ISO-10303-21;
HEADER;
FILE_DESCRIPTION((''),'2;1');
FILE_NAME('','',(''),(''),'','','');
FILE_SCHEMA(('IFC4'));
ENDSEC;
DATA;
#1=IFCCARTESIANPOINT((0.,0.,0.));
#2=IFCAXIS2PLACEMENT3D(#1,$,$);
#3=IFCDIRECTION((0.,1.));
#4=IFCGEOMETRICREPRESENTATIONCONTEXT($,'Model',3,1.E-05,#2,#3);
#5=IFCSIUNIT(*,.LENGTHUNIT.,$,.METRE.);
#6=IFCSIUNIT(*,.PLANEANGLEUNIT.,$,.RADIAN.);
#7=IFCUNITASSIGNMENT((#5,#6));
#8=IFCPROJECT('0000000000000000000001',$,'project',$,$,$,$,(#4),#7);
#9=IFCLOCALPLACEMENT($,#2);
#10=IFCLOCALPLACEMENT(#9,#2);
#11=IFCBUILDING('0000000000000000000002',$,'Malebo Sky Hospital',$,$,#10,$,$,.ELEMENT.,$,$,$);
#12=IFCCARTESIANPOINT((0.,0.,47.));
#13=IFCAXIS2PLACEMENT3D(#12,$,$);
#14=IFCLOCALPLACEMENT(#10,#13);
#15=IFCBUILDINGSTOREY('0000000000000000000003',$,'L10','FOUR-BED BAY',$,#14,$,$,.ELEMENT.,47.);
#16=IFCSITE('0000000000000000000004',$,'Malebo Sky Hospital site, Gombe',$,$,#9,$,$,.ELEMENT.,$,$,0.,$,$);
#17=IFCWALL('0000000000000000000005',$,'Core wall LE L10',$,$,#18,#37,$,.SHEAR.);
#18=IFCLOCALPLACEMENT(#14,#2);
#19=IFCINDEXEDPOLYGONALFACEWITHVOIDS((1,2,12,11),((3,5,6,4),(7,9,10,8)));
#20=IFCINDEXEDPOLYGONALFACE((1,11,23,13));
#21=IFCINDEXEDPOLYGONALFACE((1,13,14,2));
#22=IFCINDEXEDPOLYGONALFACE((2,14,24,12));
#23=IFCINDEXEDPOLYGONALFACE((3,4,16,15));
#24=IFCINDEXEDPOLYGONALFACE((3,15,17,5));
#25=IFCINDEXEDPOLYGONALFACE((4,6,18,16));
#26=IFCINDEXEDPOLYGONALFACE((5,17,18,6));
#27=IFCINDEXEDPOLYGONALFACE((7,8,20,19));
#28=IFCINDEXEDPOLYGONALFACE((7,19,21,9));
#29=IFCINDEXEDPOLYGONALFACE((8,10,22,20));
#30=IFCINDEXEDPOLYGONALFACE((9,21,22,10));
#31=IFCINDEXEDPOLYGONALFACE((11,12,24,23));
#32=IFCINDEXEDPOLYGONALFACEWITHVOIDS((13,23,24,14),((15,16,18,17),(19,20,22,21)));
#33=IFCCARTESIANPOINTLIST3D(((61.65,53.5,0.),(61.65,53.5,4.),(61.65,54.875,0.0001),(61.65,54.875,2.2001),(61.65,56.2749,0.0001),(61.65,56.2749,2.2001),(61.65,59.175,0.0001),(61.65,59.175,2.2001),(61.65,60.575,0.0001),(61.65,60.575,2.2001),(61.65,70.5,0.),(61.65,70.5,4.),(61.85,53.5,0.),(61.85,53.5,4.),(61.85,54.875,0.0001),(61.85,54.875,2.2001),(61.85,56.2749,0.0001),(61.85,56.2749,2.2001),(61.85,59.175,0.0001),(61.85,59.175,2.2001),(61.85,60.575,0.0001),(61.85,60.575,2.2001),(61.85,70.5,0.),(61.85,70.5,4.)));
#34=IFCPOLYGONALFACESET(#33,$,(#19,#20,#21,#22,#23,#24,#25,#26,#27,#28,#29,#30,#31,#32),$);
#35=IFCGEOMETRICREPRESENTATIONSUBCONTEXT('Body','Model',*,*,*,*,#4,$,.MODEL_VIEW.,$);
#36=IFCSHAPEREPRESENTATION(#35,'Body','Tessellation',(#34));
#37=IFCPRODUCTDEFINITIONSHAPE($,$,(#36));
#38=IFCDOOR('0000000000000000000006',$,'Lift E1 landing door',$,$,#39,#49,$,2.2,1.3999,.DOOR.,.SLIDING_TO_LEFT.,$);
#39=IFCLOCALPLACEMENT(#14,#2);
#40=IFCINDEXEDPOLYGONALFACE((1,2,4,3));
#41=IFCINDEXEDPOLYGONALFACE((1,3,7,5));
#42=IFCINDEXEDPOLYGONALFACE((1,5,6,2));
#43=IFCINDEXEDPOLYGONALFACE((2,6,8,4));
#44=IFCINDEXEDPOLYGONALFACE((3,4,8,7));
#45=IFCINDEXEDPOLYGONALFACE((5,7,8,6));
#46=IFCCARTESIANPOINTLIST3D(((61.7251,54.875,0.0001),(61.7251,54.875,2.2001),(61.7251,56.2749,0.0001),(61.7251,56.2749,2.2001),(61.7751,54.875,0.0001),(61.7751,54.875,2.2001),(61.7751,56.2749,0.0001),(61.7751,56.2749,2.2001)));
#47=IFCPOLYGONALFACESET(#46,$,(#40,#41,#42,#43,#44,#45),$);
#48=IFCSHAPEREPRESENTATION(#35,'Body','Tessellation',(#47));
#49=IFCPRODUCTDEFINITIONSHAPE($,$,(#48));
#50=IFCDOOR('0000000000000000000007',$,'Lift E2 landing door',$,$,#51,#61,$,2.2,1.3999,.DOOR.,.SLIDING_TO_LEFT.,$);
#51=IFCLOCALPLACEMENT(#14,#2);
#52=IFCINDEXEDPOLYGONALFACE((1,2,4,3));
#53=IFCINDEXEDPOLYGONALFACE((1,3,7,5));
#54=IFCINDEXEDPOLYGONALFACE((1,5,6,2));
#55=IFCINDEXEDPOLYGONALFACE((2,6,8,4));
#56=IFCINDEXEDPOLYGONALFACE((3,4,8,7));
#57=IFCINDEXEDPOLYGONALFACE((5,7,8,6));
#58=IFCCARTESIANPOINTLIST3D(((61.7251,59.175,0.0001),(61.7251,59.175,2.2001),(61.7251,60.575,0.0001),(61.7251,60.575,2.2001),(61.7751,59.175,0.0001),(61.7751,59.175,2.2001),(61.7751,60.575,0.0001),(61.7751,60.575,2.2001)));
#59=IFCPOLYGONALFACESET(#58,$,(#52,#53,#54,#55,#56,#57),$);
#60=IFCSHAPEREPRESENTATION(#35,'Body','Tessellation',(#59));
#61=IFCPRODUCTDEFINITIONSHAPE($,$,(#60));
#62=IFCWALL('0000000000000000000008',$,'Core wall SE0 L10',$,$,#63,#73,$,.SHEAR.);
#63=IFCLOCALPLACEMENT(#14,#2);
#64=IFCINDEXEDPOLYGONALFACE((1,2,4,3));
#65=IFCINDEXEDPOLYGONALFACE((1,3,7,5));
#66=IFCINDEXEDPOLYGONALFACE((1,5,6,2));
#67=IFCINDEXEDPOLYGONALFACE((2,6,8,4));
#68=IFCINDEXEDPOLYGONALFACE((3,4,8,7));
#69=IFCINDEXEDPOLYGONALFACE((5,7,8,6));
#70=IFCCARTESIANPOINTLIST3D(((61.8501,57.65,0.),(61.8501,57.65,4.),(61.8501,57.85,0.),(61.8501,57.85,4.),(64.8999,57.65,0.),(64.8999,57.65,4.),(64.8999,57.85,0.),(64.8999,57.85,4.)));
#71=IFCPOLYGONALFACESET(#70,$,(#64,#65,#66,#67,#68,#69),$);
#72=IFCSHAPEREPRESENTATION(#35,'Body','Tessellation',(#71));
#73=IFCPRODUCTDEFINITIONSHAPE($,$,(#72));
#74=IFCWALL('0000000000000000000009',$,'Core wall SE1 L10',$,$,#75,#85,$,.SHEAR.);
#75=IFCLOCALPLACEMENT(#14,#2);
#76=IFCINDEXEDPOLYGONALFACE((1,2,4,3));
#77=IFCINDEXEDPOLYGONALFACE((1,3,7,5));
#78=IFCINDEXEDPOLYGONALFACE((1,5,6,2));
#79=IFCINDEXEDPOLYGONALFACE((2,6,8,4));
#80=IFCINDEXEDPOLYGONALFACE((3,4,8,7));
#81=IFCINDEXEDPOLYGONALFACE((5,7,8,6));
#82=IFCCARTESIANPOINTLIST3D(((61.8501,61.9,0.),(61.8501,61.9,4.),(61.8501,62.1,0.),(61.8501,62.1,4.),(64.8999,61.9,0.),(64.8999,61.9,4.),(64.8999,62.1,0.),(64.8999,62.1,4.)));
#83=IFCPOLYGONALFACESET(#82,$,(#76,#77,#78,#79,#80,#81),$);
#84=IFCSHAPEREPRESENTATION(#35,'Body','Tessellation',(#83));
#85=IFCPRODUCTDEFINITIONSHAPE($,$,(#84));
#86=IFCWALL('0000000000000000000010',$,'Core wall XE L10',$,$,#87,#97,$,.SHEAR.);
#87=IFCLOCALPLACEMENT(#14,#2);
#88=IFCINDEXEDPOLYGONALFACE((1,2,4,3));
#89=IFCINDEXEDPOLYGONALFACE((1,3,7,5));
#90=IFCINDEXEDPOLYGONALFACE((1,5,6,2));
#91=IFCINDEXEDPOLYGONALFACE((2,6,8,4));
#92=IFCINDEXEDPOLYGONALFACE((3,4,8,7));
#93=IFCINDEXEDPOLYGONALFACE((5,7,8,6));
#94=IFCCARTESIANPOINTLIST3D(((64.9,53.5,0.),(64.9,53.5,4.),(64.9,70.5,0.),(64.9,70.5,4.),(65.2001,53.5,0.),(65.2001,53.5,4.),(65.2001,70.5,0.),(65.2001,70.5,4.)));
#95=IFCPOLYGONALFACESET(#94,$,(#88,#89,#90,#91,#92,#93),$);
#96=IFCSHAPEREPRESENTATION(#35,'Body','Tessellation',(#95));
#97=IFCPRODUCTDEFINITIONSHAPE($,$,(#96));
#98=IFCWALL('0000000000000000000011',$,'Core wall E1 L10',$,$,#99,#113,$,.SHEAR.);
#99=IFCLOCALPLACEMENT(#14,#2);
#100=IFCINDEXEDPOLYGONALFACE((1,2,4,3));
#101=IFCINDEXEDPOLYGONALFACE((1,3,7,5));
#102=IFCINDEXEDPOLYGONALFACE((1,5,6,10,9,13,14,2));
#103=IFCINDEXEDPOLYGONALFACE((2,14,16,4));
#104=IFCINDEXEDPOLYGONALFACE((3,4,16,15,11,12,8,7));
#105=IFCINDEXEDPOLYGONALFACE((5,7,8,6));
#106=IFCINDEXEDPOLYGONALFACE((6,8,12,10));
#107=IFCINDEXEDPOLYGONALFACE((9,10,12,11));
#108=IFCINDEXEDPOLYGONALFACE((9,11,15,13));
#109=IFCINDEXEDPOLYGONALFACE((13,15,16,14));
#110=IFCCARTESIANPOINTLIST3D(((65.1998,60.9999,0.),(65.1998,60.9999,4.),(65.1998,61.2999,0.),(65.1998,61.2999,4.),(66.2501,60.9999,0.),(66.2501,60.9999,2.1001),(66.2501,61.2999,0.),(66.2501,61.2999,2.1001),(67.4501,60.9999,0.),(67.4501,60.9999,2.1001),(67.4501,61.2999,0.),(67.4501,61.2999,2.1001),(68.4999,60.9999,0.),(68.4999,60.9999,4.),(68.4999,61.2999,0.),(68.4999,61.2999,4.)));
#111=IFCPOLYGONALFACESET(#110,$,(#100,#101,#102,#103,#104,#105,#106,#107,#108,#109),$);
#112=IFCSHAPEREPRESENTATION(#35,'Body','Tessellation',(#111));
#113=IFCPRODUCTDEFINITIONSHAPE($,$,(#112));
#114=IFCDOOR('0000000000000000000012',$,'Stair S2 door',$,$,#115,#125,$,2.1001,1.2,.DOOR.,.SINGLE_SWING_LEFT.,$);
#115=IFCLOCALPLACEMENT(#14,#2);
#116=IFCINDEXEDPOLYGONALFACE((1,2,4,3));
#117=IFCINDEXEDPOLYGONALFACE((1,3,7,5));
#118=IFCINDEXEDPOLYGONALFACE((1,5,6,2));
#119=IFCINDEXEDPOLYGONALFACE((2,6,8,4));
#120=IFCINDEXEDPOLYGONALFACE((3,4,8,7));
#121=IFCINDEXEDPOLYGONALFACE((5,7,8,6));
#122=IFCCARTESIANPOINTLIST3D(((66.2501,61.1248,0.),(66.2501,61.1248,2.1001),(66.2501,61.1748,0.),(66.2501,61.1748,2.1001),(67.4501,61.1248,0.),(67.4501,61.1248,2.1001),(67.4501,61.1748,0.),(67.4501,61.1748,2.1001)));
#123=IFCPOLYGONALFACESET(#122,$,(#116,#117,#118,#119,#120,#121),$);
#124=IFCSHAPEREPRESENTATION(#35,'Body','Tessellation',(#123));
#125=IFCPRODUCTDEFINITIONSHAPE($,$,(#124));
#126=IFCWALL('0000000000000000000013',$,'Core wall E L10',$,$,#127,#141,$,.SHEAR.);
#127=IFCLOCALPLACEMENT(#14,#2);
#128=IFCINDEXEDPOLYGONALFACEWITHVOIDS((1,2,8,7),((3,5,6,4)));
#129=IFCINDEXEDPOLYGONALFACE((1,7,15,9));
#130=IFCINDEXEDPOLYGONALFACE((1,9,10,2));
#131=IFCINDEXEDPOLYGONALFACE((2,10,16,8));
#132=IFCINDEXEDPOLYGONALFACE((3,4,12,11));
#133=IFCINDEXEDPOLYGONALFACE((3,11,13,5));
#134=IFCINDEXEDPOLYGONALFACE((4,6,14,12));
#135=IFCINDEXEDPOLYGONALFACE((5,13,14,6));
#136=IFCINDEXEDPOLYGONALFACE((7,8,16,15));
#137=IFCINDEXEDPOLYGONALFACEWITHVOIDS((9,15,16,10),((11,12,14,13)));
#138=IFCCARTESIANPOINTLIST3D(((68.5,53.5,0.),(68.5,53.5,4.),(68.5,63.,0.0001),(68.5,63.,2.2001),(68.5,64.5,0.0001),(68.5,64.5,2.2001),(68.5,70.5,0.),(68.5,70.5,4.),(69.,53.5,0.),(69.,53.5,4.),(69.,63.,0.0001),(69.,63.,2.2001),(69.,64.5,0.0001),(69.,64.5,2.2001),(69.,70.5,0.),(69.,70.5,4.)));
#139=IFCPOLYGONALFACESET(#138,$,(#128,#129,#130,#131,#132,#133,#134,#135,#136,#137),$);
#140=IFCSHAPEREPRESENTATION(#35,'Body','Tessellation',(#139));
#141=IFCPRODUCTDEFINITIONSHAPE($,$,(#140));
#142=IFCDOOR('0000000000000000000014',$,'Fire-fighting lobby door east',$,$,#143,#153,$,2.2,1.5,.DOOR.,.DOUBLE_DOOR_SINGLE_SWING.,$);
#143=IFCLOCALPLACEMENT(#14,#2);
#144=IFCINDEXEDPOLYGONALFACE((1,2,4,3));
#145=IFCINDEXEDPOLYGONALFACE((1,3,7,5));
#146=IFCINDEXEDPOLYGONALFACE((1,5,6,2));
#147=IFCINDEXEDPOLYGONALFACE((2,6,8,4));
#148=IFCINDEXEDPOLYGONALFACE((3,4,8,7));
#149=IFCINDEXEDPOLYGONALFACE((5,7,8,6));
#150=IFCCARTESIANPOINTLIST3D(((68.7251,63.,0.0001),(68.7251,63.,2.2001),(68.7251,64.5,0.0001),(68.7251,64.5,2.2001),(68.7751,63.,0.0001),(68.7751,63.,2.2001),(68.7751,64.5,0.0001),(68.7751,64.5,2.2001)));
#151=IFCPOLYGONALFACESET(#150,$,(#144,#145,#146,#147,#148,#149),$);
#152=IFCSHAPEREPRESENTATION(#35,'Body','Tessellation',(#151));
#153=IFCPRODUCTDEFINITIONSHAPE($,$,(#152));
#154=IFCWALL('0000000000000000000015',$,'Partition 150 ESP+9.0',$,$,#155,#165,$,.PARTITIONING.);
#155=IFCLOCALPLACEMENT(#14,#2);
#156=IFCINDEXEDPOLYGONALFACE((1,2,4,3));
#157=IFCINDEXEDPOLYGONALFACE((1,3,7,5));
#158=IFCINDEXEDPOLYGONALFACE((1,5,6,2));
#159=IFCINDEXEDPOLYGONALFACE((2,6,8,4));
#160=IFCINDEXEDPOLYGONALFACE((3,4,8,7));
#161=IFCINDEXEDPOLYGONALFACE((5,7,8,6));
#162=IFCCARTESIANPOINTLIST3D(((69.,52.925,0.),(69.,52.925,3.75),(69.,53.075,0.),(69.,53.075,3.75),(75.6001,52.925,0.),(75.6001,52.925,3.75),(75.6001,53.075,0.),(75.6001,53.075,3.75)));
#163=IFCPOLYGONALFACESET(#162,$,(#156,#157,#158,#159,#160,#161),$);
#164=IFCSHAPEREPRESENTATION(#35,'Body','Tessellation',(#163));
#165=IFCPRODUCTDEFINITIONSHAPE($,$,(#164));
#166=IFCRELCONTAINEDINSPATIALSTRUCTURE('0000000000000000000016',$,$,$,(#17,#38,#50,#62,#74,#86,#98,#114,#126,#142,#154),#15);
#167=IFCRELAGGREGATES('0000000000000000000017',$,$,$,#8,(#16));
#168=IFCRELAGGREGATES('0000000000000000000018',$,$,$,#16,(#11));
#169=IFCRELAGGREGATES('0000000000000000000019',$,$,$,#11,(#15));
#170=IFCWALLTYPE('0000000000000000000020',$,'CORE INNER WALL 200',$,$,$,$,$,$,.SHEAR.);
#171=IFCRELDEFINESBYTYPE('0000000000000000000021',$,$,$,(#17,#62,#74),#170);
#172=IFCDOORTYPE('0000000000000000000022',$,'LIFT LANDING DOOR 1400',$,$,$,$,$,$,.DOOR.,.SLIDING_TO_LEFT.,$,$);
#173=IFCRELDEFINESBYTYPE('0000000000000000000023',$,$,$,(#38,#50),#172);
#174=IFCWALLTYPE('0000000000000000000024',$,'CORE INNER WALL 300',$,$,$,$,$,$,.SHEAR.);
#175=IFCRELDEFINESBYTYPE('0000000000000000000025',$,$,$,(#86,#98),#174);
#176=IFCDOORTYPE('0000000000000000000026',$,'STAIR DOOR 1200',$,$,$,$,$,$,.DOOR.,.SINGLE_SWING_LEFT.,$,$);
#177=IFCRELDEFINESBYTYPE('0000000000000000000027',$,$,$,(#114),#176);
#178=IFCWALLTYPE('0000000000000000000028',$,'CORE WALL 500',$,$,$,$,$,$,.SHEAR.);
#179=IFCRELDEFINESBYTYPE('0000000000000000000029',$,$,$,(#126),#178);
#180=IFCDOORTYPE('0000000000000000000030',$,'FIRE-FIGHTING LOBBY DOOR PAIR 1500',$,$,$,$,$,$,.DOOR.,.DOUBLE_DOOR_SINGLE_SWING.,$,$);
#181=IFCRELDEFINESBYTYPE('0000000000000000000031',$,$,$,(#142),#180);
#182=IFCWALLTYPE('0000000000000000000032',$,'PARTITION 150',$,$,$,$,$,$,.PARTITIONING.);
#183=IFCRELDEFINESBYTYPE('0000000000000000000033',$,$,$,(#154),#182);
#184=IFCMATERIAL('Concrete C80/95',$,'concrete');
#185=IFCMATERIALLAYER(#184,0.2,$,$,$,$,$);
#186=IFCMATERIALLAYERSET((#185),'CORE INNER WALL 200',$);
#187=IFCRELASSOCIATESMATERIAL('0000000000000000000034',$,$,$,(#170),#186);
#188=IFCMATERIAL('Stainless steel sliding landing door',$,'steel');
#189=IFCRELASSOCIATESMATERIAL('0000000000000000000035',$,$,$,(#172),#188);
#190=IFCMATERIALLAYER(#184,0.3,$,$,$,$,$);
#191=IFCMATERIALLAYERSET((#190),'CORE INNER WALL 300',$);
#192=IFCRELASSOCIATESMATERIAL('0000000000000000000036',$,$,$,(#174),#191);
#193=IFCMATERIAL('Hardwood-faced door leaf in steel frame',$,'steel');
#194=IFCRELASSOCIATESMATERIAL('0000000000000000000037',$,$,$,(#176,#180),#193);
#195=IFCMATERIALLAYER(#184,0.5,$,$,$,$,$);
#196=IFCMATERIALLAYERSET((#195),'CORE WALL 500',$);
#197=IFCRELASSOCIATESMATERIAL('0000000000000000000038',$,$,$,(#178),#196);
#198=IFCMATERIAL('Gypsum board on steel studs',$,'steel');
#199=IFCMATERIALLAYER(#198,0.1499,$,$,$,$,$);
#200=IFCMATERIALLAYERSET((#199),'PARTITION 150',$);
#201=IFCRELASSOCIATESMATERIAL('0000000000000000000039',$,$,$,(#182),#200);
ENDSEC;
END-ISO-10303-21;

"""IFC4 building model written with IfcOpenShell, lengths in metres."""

from ifc_helpers import new_model, si_unit, direction, frame, frame_2d, origin, place, context, subcontext, project, spatial, rectangle, extrude, material, layer, layer_set, type_object, element, fill, save


model = new_model("IFC4")

# Units and contexts
model_context = context("Model", 3, precision=1e-05, world=origin(), true_north=direction((0.0, 1.0)))
body_context = subcontext(model_context, "Body", "Model", "MODEL_VIEW")
ifc_project = project(units=[si_unit("LENGTHUNIT", "METRE"), si_unit("PLANEANGLEUNIT", "RADIAN")], contexts=[model_context])

# Site, building, storey
site_placement = place(None, origin())
site = spatial("IfcSite", under=ifc_project, at=site_placement, Name="Malebo Sky Hospital site, Gombe", CompositionType="ELEMENT", RefElevation=0.0)
building_placement = place(site_placement, origin())
building = spatial("IfcBuilding", under=site, at=building_placement, Name="Malebo Sky Hospital", CompositionType="ELEMENT")
storey_placement = place(building_placement, frame((0.0, 0.0, 47.0)))
storey = spatial("IfcBuildingStorey", under=building, at=storey_placement, Name="L10", Description="FOUR-BED BAY", CompositionType="ELEMENT", Elevation=47.0)

# Wall, openings, doors
ifc_material_1 = material(Name="Concrete C80/95", Category="concrete")
ifc_layer_1 = layer(ifc_material_1, 0.2)
ifc_layer_set_1 = layer_set([ifc_layer_1], Name="CORE INNER WALL 200")
wall_type_1 = type_object("IfcWallType", Name="CORE INNER WALL 200", PredefinedType="SHEAR", material=ifc_layer_set_1)
ifc_material_2 = material(Name="Stainless steel sliding landing door", Category="steel")
door_type_1 = type_object("IfcDoorType", Name="LIFT LANDING DOOR 1400", OperationType="SLIDING_TO_LEFT", PredefinedType="DOOR", material=ifc_material_2)
wall_1_placement = place(storey_placement, frame((61.75, 53.5, 0.0), z_axis=(0.0, 0.0, 1.0), x_axis=(0.0, 1.0, 0.0)))
wall_1 = element("IfcWall", 1, at=wall_1_placement, inside=storey, type_object=wall_type_1, Name="Core wall LE L10", PredefinedType="SHEAR", context=body_context, shape_type="SweptSolid", body=[
    extrude(rectangle(XDim=17.0, YDim=0.2, at=frame_2d((8.5, 0.0))), origin(), (0.0, 0.0, 1.0), 4.0),
])
opening_1_placement = place(wall_1_placement, frame((1.375, 0.0, 0.0)))
opening_1 = element("IfcOpeningElement", 2, at=opening_1_placement, cuts=wall_1, PredefinedType="OPENING", context=body_context, shape_type="SweptSolid", body=[
    extrude(rectangle(XDim=1.3999, YDim=2.2, at=frame_2d((0.7, 1.1001))), frame((0.0, 0.1099, 0.0), z_axis=(0.0, -1.0, 0.0), x_axis=(1.0, 0.0, 0.0)), (0.0, 0.0, 1.0), 0.22),
])
opening_2_placement = place(wall_1_placement, frame((5.675, 0.0, 0.0)))
opening_2 = element("IfcOpeningElement", 3, at=opening_2_placement, cuts=wall_1, PredefinedType="OPENING", context=body_context, shape_type="SweptSolid", body=[
    extrude(rectangle(XDim=1.3999, YDim=2.2, at=frame_2d((0.7, 1.1001))), frame((0.0, 0.1099, 0.0), z_axis=(0.0, -1.0, 0.0), x_axis=(1.0, 0.0, 0.0)), (0.0, 0.0, 1.0), 0.22),
])
door_1_placement = place(opening_1_placement, origin())
door_1 = element("IfcDoor", 4, at=door_1_placement, inside=storey, type_object=door_type_1, Name="Lift E1 landing door", OperationType="SLIDING_TO_LEFT", OverallHeight=2.2, OverallWidth=1.3999, PredefinedType="DOOR", context=body_context, shape_type="SweptSolid", body=[
    extrude(rectangle(XDim=1.3999, YDim=2.2, at=frame_2d((0.7, 1.1001))), frame((0.0, 0.0249, 0.0), z_axis=(0.0, -1.0, 0.0), x_axis=(1.0, 0.0, 0.0)), (0.0, 0.0, 1.0), 0.05),
])
fill(opening_1, door_1)
door_2_placement = place(opening_2_placement, origin())
door_2 = element("IfcDoor", 5, at=door_2_placement, inside=storey, type_object=door_type_1, Name="Lift E2 landing door", OperationType="SLIDING_TO_LEFT", OverallHeight=2.2, OverallWidth=1.3999, PredefinedType="DOOR", context=body_context, shape_type="SweptSolid", body=[
    extrude(rectangle(XDim=1.3999, YDim=2.2, at=frame_2d((0.7, 1.1001))), frame((0.0, 0.0249, 0.0), z_axis=(0.0, -1.0, 0.0), x_axis=(1.0, 0.0, 0.0)), (0.0, 0.0, 1.0), 0.05),
])
fill(opening_2, door_2)

# Walls
for number, where, z_axis, x_axis, name in (
    (6, (61.8501, 57.75, 0.0), (0.0, 0.0, 1.0), (1.0, 0.0, 0.0), "Core wall SE0 L10"),
    (7, (61.8501, 62.0, 0.0), (0.0, 0.0, 1.0), (1.0, 0.0, 0.0), "Core wall SE1 L10"),
):
    element("IfcWall", number, at=place(storey_placement, frame(where, z_axis=z_axis, x_axis=x_axis)), inside=storey, type_object=wall_type_1, Name=name, PredefinedType="SHEAR", context=body_context, shape_type="SweptSolid", body=[
        extrude(rectangle(XDim=3.0498, YDim=0.2, at=frame_2d((1.5249, 0.0))), origin(), (0.0, 0.0, 1.0), 4.0),
    ])
ifc_layer_2 = layer(ifc_material_1, 0.3)
ifc_layer_set_2 = layer_set([ifc_layer_2], Name="CORE INNER WALL 300")
wall_type_2 = type_object("IfcWallType", Name="CORE INNER WALL 300", PredefinedType="SHEAR", material=ifc_layer_set_2)
wall_2_placement = place(storey_placement, frame((65.05, 53.5, 0.0), z_axis=(0.0, 0.0, 1.0), x_axis=(0.0, 1.0, 0.0)))
element("IfcWall", 8, at=wall_2_placement, inside=storey, type_object=wall_type_2, Name="Core wall XE L10", PredefinedType="SHEAR", context=body_context, shape_type="SweptSolid", body=[
    extrude(rectangle(XDim=17.0, YDim=0.3, at=frame_2d((8.5, 0.0))), origin(), (0.0, 0.0, 1.0), 4.0),
])

# Walls, openings, doors
wall_3_placement = place(storey_placement, frame((65.2, 61.1499, 0.0), z_axis=(0.0, 0.0, 1.0), x_axis=(1.0, 0.0, 0.0)))
wall_3 = element("IfcWall", 9, at=wall_3_placement, inside=storey, type_object=wall_type_2, Name="Core wall E1 L10", PredefinedType="SHEAR", context=body_context, shape_type="SweptSolid", body=[
    extrude(rectangle(XDim=3.3, YDim=0.3, at=frame_2d((1.6499, 0.0))), origin(), (0.0, 0.0, 1.0), 4.0),
])
opening_3_placement = place(wall_3_placement, frame((1.05, 0.0, 0.0)))
opening_3 = element("IfcOpeningElement", 10, at=opening_3_placement, cuts=wall_3, PredefinedType="OPENING", context=body_context, shape_type="SweptSolid", body=[
    extrude(rectangle(XDim=1.2, YDim=2.1001, at=frame_2d((0.6001, 1.05))), frame((0.0, 0.1599, 0.0), z_axis=(0.0, -1.0, 0.0), x_axis=(1.0, 0.0, 0.0)), (0.0, 0.0, 1.0), 0.3201),
])
ifc_material_3 = material(Name="Hardwood-faced door leaf in steel frame", Category="steel")
door_type_2 = type_object("IfcDoorType", Name="STAIR DOOR 1200", OperationType="SINGLE_SWING_LEFT", PredefinedType="DOOR", material=ifc_material_3)
door_3_placement = place(opening_3_placement, origin())
door_3 = element("IfcDoor", 11, at=door_3_placement, inside=storey, type_object=door_type_2, Name="Stair S2 door", OperationType="SINGLE_SWING_LEFT", OverallHeight=2.1001, OverallWidth=1.2, PredefinedType="DOOR", context=body_context, shape_type="SweptSolid", body=[
    extrude(rectangle(XDim=1.2, YDim=2.1001, at=frame_2d((0.6001, 1.05))), frame((0.0, 0.0249, 0.0), z_axis=(0.0, -1.0, 0.0), x_axis=(1.0, 0.0, 0.0)), (0.0, 0.0, 1.0), 0.05),
])
fill(opening_3, door_3)
ifc_layer_3 = layer(ifc_material_1, 0.5)
ifc_layer_set_3 = layer_set([ifc_layer_3], Name="CORE WALL 500")
wall_type_3 = type_object("IfcWallType", Name="CORE WALL 500", PredefinedType="SHEAR", material=ifc_layer_set_3)
wall_4_placement = place(storey_placement, frame((68.75, 53.5, 0.0), z_axis=(0.0, 0.0, 1.0), x_axis=(0.0, 1.0, 0.0)))
wall_4 = element("IfcWall", 12, at=wall_4_placement, inside=storey, type_object=wall_type_3, Name="Core wall E L10", PredefinedType="SHEAR", context=body_context, shape_type="SweptSolid", body=[
    extrude(rectangle(XDim=17.0, YDim=0.5, at=frame_2d((8.5, 0.0))), origin(), (0.0, 0.0, 1.0), 4.0),
])
opening_4_placement = place(wall_4_placement, frame((9.5, 0.0, 0.0)))
opening_4 = element("IfcOpeningElement", 13, at=opening_4_placement, cuts=wall_4, PredefinedType="OPENING", context=body_context, shape_type="SweptSolid", body=[
    extrude(rectangle(XDim=1.5, YDim=2.2, at=frame_2d((0.75, 1.1001))), frame((0.0, 0.26, 0.0), z_axis=(0.0, -1.0, 0.0), x_axis=(1.0, 0.0, 0.0)), (0.0, 0.0, 1.0), 0.52),
])
door_type_3 = type_object("IfcDoorType", Name="FIRE-FIGHTING LOBBY DOOR PAIR 1500", OperationType="DOUBLE_DOOR_SINGLE_SWING", PredefinedType="DOOR", material=ifc_material_3)
door_4_placement = place(opening_4_placement, origin())
door_4 = element("IfcDoor", 14, at=door_4_placement, inside=storey, type_object=door_type_3, Name="Fire-fighting lobby door east", OperationType="DOUBLE_DOOR_SINGLE_SWING", OverallHeight=2.2, OverallWidth=1.5, PredefinedType="DOOR", context=body_context, shape_type="SweptSolid", body=[
    extrude(rectangle(XDim=1.5, YDim=2.2, at=frame_2d((0.75, 1.1001))), frame((0.0, 0.0249, 0.0), z_axis=(0.0, -1.0, 0.0), x_axis=(1.0, 0.0, 0.0)), (0.0, 0.0, 1.0), 0.05),
])
fill(opening_4, door_4)

# Wall
ifc_material_4 = material(Name="Gypsum board on steel studs", Category="steel")
ifc_layer_4 = layer(ifc_material_4, 0.1499)
ifc_layer_set_4 = layer_set([ifc_layer_4], Name="PARTITION 150")
wall_type_4 = type_object("IfcWallType", Name="PARTITION 150", PredefinedType="PARTITIONING", material=ifc_layer_set_4)
wall_5_placement = place(storey_placement, frame((69.0, 53.0, 0.0), z_axis=(0.0, 0.0, 1.0), x_axis=(1.0, 0.0, 0.0)))
element("IfcWall", 15, at=wall_5_placement, inside=storey, type_object=wall_type_4, Name="Partition 150 ESP+9.0", PredefinedType="PARTITIONING", context=body_context, shape_type="SweptSolid", body=[
    extrude(rectangle(XDim=6.6001, YDim=0.1499, at=frame_2d((3.3, 0.0))), origin(), (0.0, 0.0, 1.0), 3.75),
])

save(model, "model.ifc")
